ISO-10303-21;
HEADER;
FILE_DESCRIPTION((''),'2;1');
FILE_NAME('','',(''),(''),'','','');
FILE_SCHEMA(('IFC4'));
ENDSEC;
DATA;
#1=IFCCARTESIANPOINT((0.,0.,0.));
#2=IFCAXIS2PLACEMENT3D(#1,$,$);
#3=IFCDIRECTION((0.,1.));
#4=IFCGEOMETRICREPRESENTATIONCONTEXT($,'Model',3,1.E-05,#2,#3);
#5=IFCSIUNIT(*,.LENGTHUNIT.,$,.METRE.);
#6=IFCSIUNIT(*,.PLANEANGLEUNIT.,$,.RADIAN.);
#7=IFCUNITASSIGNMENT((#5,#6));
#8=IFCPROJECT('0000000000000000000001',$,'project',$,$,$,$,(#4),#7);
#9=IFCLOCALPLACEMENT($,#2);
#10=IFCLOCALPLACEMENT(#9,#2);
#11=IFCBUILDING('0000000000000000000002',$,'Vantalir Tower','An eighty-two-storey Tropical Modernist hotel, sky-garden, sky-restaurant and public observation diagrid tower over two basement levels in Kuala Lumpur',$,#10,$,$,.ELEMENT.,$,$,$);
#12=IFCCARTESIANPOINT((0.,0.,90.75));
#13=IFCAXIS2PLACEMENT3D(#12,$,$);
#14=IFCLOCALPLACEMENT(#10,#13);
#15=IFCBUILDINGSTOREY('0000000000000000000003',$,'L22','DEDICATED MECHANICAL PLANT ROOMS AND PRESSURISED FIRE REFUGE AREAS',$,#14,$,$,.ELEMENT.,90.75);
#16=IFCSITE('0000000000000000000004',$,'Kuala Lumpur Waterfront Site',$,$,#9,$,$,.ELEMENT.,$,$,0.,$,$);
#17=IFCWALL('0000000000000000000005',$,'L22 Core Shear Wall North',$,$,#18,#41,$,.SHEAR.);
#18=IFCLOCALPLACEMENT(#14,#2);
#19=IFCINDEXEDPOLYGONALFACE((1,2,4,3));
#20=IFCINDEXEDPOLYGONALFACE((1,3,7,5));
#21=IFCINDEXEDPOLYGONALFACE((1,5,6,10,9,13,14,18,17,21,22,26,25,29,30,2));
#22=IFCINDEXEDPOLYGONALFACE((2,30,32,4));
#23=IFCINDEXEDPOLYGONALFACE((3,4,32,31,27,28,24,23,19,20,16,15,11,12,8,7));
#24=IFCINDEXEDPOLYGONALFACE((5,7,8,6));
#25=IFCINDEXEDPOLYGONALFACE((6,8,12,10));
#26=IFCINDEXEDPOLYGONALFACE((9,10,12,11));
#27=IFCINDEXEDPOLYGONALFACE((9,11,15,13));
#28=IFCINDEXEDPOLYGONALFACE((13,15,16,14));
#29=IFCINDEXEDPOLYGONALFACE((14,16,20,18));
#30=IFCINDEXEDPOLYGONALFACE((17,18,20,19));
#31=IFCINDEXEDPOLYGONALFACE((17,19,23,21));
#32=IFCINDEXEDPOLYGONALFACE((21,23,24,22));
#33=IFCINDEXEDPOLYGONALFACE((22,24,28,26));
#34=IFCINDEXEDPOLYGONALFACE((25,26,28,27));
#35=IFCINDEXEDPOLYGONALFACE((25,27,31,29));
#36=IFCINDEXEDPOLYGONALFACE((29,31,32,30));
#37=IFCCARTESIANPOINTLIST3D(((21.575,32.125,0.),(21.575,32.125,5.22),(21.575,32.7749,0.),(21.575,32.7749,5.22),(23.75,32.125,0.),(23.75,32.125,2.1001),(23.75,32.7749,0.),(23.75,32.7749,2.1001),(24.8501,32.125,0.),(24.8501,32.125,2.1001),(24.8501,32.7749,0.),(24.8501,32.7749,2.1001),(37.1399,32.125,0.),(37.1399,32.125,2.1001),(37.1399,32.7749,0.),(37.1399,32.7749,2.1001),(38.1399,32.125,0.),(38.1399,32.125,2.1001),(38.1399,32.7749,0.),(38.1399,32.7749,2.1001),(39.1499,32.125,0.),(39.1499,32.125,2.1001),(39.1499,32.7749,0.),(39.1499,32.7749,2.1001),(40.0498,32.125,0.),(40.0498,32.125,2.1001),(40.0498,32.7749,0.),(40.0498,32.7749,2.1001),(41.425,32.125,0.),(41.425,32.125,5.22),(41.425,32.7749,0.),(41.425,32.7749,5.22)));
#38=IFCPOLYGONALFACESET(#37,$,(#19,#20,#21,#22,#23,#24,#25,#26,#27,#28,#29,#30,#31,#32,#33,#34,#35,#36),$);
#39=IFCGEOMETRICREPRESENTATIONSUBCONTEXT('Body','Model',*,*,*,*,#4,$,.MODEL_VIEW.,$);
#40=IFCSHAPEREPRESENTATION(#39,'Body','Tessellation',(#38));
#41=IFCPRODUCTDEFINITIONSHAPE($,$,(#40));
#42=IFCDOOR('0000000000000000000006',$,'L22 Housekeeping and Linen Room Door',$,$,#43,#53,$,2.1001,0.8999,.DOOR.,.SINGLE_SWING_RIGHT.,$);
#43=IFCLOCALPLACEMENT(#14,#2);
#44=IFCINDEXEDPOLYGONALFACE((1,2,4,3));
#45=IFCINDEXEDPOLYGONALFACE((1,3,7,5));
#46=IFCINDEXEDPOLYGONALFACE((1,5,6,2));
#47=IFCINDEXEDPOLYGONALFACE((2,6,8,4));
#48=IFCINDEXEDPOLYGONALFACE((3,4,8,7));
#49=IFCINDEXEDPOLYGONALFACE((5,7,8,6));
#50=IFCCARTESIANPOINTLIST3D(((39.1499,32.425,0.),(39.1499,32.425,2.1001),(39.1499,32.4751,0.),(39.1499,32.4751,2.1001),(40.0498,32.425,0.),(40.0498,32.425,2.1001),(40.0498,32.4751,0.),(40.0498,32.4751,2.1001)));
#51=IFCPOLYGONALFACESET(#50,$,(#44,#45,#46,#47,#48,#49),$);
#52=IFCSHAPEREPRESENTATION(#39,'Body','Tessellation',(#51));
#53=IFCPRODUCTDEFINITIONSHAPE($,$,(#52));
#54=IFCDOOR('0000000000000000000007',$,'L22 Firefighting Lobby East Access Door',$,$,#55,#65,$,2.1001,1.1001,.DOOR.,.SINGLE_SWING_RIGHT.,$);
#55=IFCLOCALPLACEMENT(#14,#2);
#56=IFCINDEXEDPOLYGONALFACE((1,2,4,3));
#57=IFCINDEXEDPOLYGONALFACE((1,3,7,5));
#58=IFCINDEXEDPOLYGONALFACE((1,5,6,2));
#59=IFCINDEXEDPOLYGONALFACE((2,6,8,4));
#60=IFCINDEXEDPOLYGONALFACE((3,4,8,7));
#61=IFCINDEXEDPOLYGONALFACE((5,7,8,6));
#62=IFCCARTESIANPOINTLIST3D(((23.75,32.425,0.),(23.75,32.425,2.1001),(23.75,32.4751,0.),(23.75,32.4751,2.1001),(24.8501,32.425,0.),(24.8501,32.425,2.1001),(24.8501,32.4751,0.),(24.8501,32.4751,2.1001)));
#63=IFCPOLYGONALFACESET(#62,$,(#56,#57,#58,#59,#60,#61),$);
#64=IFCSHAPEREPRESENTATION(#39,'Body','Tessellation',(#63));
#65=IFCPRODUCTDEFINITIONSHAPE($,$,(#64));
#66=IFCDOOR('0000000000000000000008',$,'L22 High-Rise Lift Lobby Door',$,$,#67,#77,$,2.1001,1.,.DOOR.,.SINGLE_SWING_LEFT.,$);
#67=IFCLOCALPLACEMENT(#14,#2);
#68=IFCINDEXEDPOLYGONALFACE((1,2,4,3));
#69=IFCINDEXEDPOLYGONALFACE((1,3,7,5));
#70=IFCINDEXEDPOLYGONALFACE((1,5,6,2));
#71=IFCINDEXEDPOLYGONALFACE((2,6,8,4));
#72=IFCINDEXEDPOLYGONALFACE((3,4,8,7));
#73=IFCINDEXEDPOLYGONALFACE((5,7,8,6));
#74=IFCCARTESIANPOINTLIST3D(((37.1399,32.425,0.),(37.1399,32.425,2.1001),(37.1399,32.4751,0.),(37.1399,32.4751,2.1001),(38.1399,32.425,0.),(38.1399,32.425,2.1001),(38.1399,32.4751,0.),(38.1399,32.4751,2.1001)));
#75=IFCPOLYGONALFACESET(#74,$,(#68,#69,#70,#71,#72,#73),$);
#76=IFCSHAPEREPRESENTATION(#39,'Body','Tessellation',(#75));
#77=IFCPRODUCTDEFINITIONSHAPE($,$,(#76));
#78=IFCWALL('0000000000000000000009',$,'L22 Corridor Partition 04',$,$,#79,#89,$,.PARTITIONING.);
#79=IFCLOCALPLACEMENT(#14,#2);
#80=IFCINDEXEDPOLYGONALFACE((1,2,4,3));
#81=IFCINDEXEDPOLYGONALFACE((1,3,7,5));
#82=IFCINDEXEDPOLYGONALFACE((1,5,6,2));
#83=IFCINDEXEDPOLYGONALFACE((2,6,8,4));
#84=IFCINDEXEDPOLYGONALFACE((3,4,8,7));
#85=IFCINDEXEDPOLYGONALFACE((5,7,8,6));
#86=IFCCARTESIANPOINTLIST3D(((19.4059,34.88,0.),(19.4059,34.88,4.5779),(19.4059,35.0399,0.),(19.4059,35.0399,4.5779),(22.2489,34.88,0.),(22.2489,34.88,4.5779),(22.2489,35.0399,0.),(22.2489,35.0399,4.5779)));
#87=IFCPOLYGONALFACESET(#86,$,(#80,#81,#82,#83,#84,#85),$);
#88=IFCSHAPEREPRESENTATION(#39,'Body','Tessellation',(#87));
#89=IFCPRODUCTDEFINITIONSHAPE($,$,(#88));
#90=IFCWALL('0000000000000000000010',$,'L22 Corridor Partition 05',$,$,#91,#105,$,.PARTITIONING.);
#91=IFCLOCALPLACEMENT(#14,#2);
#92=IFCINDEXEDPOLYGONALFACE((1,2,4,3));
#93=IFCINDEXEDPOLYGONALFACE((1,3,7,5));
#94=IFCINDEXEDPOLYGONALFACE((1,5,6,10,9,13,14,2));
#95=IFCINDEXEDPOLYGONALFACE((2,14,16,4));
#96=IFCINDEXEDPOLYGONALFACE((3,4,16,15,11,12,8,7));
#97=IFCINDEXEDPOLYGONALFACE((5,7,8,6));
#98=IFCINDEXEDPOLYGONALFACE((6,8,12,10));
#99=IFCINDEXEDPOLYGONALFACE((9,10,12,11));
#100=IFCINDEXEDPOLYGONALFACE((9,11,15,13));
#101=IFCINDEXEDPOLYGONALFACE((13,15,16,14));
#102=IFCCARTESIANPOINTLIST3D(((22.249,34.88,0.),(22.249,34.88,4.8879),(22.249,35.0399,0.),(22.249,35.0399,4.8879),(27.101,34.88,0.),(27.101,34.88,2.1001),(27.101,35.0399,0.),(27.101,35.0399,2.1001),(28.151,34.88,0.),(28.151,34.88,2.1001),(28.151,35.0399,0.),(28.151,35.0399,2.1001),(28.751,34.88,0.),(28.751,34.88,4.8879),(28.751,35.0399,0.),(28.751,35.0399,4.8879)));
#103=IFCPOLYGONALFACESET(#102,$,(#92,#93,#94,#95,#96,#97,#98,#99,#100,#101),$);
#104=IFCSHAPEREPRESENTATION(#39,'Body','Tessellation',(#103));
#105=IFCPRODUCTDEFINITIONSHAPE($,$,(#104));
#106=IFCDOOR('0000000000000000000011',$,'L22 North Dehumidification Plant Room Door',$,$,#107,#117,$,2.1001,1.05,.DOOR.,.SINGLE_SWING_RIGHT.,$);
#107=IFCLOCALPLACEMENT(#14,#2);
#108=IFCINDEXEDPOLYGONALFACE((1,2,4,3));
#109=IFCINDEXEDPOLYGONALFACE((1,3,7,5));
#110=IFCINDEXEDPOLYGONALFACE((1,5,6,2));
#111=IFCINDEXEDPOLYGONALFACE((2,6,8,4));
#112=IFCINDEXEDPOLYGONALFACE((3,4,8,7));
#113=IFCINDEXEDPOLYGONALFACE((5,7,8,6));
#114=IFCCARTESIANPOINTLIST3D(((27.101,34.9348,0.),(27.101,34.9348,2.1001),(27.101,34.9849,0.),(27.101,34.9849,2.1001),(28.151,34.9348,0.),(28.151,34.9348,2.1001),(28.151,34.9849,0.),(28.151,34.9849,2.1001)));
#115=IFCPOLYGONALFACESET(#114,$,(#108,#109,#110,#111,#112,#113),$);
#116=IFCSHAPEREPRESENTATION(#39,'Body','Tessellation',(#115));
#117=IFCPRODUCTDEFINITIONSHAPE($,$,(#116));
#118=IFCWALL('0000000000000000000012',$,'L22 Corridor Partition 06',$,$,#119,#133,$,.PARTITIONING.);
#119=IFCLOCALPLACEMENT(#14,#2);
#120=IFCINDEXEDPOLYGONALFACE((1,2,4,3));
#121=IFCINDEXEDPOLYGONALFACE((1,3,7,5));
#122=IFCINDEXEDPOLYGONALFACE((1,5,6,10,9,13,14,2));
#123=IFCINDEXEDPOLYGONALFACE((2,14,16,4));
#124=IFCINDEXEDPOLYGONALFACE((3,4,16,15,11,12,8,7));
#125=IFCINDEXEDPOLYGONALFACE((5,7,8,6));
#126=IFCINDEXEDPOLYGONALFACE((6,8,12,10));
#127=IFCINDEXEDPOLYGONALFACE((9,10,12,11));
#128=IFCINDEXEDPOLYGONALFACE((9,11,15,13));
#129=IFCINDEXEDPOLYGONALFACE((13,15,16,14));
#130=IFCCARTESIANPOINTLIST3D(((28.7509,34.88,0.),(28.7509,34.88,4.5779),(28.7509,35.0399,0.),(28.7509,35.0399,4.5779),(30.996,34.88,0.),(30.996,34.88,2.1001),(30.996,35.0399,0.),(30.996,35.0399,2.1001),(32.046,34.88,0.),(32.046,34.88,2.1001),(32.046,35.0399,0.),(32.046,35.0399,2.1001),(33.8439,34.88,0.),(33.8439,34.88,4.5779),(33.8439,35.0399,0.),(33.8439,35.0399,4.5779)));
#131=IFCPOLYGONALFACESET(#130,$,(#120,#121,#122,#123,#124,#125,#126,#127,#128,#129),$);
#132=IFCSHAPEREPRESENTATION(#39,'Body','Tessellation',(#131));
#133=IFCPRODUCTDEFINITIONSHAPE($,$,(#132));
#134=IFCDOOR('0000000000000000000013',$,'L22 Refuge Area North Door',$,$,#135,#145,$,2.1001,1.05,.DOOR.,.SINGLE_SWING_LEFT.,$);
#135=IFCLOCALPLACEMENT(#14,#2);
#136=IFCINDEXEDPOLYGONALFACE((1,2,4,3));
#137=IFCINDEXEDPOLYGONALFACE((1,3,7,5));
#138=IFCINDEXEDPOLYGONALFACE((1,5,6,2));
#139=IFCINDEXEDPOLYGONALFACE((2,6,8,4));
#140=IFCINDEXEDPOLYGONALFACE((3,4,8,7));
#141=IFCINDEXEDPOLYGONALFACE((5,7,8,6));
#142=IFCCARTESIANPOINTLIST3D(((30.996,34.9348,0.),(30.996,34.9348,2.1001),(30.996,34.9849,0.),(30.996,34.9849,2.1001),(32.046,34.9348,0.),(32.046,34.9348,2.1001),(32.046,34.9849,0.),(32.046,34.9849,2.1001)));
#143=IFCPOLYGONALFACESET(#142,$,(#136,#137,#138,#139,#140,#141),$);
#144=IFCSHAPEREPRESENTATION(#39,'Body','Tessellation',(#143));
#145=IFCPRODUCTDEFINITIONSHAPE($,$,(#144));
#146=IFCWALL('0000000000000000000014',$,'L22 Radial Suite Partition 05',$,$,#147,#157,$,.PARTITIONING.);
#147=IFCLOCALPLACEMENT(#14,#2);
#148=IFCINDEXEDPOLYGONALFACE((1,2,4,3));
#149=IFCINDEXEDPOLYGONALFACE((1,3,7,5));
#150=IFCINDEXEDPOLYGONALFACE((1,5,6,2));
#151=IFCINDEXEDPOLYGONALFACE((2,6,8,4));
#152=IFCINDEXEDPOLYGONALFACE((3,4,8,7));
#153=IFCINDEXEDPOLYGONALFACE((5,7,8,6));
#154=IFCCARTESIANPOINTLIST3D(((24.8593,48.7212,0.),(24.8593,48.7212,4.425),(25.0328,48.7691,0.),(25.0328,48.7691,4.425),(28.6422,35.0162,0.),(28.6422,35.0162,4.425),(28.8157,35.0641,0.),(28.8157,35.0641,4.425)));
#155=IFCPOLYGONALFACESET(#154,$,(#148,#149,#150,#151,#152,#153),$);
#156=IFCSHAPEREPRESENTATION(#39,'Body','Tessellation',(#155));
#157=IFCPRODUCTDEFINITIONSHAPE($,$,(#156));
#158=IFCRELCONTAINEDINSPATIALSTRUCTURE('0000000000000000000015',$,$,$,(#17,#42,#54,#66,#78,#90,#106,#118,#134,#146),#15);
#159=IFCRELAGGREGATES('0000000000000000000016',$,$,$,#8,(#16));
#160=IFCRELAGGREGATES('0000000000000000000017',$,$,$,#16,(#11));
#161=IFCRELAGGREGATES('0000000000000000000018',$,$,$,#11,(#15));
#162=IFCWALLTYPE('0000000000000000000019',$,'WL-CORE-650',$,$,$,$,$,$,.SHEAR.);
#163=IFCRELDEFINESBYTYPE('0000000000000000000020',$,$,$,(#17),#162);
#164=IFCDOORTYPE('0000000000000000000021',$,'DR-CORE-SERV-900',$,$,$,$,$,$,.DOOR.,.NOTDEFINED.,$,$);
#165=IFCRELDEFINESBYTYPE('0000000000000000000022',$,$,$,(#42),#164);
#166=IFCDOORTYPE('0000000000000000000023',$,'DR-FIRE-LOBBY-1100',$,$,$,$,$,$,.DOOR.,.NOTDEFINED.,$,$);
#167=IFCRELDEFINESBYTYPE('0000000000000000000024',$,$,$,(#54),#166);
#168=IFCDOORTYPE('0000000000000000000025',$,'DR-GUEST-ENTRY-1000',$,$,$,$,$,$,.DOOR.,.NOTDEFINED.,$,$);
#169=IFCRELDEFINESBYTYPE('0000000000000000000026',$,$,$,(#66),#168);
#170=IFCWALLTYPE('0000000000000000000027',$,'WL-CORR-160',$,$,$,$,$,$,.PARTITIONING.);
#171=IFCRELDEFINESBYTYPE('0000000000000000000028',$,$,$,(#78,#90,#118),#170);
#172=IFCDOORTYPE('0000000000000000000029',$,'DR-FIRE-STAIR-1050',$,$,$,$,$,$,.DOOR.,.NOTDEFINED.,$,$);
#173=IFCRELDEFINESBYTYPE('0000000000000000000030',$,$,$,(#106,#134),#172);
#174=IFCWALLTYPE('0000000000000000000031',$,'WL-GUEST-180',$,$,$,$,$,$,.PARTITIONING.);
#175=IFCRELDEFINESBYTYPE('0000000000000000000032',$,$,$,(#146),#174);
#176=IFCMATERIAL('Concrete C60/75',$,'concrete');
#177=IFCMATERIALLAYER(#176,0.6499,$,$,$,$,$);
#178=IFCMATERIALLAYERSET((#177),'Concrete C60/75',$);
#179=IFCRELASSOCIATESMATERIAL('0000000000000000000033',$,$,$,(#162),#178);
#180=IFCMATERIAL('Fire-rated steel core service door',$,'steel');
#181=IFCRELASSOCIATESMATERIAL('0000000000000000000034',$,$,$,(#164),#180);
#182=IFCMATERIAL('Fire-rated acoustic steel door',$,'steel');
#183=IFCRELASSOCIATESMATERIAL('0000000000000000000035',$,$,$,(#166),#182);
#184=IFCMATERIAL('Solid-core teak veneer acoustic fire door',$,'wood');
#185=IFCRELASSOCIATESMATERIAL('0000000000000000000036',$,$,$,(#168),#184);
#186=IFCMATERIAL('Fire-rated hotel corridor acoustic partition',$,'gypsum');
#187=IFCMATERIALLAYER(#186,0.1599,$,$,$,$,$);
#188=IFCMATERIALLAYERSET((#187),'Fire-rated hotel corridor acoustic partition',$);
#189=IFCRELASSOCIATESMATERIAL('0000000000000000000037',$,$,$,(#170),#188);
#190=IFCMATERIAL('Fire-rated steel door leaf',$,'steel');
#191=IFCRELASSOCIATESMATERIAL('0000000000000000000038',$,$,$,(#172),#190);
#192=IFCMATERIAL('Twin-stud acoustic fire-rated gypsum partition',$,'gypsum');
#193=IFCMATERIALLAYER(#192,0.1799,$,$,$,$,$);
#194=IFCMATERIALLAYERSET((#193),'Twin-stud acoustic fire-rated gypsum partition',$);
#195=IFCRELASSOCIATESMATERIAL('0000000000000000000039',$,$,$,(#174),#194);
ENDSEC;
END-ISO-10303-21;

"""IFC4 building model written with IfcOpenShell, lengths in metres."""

from ifc_helpers import new_model, si_unit, direction, frame, frame_2d, origin, place, context, subcontext, project, spatial, rectangle, extrude, material, layer, layer_set, type_object, element, fill, save


model = new_model("IFC4")

# Units and contexts
model_context = context("Model", 3, precision=1e-05, world=origin(), true_north=direction((0.0, 1.0)))
body_context = subcontext(model_context, "Body", "Model", "MODEL_VIEW")
ifc_project = project(units=[si_unit("LENGTHUNIT", "METRE"), si_unit("PLANEANGLEUNIT", "RADIAN")], contexts=[model_context])

# Site, building, storey
site_placement = place(None, origin())
site = spatial("IfcSite", under=ifc_project, at=site_placement, Name="Kuala Lumpur Waterfront Site", CompositionType="ELEMENT", RefElevation=0.0)
building_placement = place(site_placement, origin())
building = spatial("IfcBuilding", under=site, at=building_placement, Name="Vantalir Tower", Description="An eighty-two-storey Tropical Modernist hotel, sky-garden, sky-restaurant and public observation diagrid tower over two basement levels in Kuala Lumpur", CompositionType="ELEMENT")
storey_placement = place(building_placement, frame((0.0, 0.0, 90.75)))
storey = spatial("IfcBuildingStorey", under=building, at=storey_placement, Name="L22", Description="DEDICATED MECHANICAL PLANT ROOMS AND PRESSURISED FIRE REFUGE AREAS", CompositionType="ELEMENT", Elevation=90.75)

# Shared definitions
ifc_material_1 = material(Name="Concrete C60/75", Category="concrete")

# Wall, openings, doors
ifc_layer_1 = layer(ifc_material_1, 0.6499)
ifc_layer_set_1 = layer_set([ifc_layer_1], Name="Concrete C60/75")
wall_type_1 = type_object("IfcWallType", Name="WL-CORE-650", PredefinedType="SHEAR", material=ifc_layer_set_1)
wall_1_placement = place(storey_placement, frame((21.575, 32.45, 0.0), z_axis=(0.0, 0.0, 1.0), x_axis=(1.0, 0.0, 0.0)))
wall_1 = element("IfcWall", 1, at=wall_1_placement, inside=storey, type_object=wall_type_1, Name="L22 Core Shear Wall North", PredefinedType="SHEAR", context=body_context, shape_type="SweptSolid", body=[
    extrude(rectangle(XDim=19.8501, YDim=0.6499, at=frame_2d((9.925, 0.0))), origin(), (0.0, 0.0, 1.0), 5.22),
])
opening_1_placement = place(wall_1_placement, frame((2.175, 0.0, 0.0)))
opening_1 = element("IfcOpeningElement", 2, at=opening_1_placement, cuts=wall_1, PredefinedType="OPENING", context=body_context, shape_type="SweptSolid", body=[
    extrude(rectangle(XDim=1.1001, YDim=2.1001, at=frame_2d((0.55, 1.05))), frame((0.0, 0.335, 0.0), z_axis=(0.0, -1.0, 0.0), x_axis=(1.0, 0.0, 0.0)), (0.0, 0.0, 1.0), 0.6699),
])
opening_2_placement = place(wall_1_placement, frame((15.5649, 0.0, 0.0)))
opening_2 = element("IfcOpeningElement", 3, at=opening_2_placement, cuts=wall_1, PredefinedType="OPENING", context=body_context, shape_type="SweptSolid", body=[
    extrude(rectangle(XDim=1.0, YDim=2.1001, at=frame_2d((0.5, 1.05))), frame((0.0, 0.335, 0.0), z_axis=(0.0, -1.0, 0.0), x_axis=(1.0, 0.0, 0.0)), (0.0, 0.0, 1.0), 0.6699),
])
opening_3_placement = place(wall_1_placement, frame((17.575, 0.0, 0.0)))
opening_3 = element("IfcOpeningElement", 4, at=opening_3_placement, cuts=wall_1, PredefinedType="OPENING", context=body_context, shape_type="SweptSolid", body=[
    extrude(rectangle(XDim=0.8999, YDim=2.1001, at=frame_2d((0.45, 1.05))), frame((0.0, 0.335, 0.0), z_axis=(0.0, -1.0, 0.0), x_axis=(1.0, 0.0, 0.0)), (0.0, 0.0, 1.0), 0.6699),
])
ifc_material_2 = material(Name="Fire-rated steel core service door", Category="steel")
door_type_1 = type_object("IfcDoorType", Name="DR-CORE-SERV-900", OperationType="NOTDEFINED", PredefinedType="DOOR", material=ifc_material_2)
door_1_placement = place(opening_3_placement, frame((0.8999, 0.0, 0.0), z_axis=(0.0, 0.0, 1.0), x_axis=(-1.0, 0.0, 0.0)))
door_1 = element("IfcDoor", 5, at=door_1_placement, inside=storey, type_object=door_type_1, Name="L22 Housekeeping and Linen Room Door", OperationType="SINGLE_SWING_RIGHT", OverallHeight=2.1001, OverallWidth=0.8999, PredefinedType="DOOR", context=body_context, shape_type="SweptSolid", body=[
    extrude(rectangle(XDim=0.8999, YDim=2.1001, at=frame_2d((0.45, 1.05))), frame((0.0, 0.0249, 0.0), z_axis=(0.0, -1.0, 0.0), x_axis=(1.0, 0.0, 0.0)), (0.0, 0.0, 1.0), 0.05),
])
fill(opening_3, door_1)
ifc_material_3 = material(Name="Fire-rated acoustic steel door", Category="steel")
door_type_2 = type_object("IfcDoorType", Name="DR-FIRE-LOBBY-1100", OperationType="NOTDEFINED", PredefinedType="DOOR", material=ifc_material_3)
door_2_placement = place(opening_1_placement, frame((1.1001, 0.0, 0.0), z_axis=(0.0, 0.0, 1.0), x_axis=(-1.0, 0.0, 0.0)))
door_2 = element("IfcDoor", 6, at=door_2_placement, inside=storey, type_object=door_type_2, Name="L22 Firefighting Lobby East Access Door", OperationType="SINGLE_SWING_RIGHT", OverallHeight=2.1001, OverallWidth=1.1001, PredefinedType="DOOR", context=body_context, shape_type="SweptSolid", body=[
    extrude(rectangle(XDim=1.1001, YDim=2.1001, at=frame_2d((0.55, 1.05))), frame((0.0, 0.0249, 0.0), z_axis=(0.0, -1.0, 0.0), x_axis=(1.0, 0.0, 0.0)), (0.0, 0.0, 1.0), 0.05),
])
fill(opening_1, door_2)
ifc_material_4 = material(Name="Solid-core teak veneer acoustic fire door", Category="wood")
door_type_3 = type_object("IfcDoorType", Name="DR-GUEST-ENTRY-1000", OperationType="NOTDEFINED", PredefinedType="DOOR", material=ifc_material_4)
door_3_placement = place(opening_2_placement, frame((1.0, 0.0, 0.0), z_axis=(0.0, 0.0, 1.0), x_axis=(-1.0, 0.0, 0.0)))
door_3 = element("IfcDoor", 7, at=door_3_placement, inside=storey, type_object=door_type_3, Name="L22 High-Rise Lift Lobby Door", OperationType="SINGLE_SWING_LEFT", OverallHeight=2.1001, OverallWidth=1.0, PredefinedType="DOOR", context=body_context, shape_type="SweptSolid", body=[
    extrude(rectangle(XDim=1.0, YDim=2.1001, at=frame_2d((0.5, 1.05))), frame((0.0, 0.0249, 0.0), z_axis=(0.0, -1.0, 0.0), x_axis=(1.0, 0.0, 0.0)), (0.0, 0.0, 1.0), 0.05),
])
fill(opening_2, door_3)

# Wall
ifc_material_5 = material(Name="Fire-rated hotel corridor acoustic partition", Category="gypsum")
ifc_layer_2 = layer(ifc_material_5, 0.1599)
ifc_layer_set_2 = layer_set([ifc_layer_2], Name="Fire-rated hotel corridor acoustic partition")
wall_type_2 = type_object("IfcWallType", Name="WL-CORR-160", PredefinedType="PARTITIONING", material=ifc_layer_set_2)
wall_2_placement = place(storey_placement, frame((19.406, 34.96, 0.0), z_axis=(0.0, 0.0, 1.0), x_axis=(1.0, 0.0, 0.0)))
element("IfcWall", 8, at=wall_2_placement, inside=storey, type_object=wall_type_2, Name="L22 Corridor Partition 04", PredefinedType="PARTITIONING", context=body_context, shape_type="SweptSolid", body=[
    extrude(rectangle(XDim=2.843, YDim=0.1599, at=frame_2d((1.4214, 0.0))), origin(), (0.0, 0.0, 1.0), 4.5779),
])

# Walls, openings, doors
wall_3_placement = place(storey_placement, frame((22.249, 34.96, 0.0), z_axis=(0.0, 0.0, 1.0), x_axis=(1.0, 0.0, 0.0)))
wall_3 = element("IfcWall", 9, at=wall_3_placement, inside=storey, type_object=wall_type_2, Name="L22 Corridor Partition 05", PredefinedType="PARTITIONING", context=body_context, shape_type="SweptSolid", body=[
    extrude(rectangle(XDim=6.502, YDim=0.1599, at=frame_2d((3.251, 0.0))), origin(), (0.0, 0.0, 1.0), 4.8879),
])
opening_4_placement = place(wall_3_placement, frame((4.8521, 0.0, 0.0)))
opening_4 = element("IfcOpeningElement", 10, at=opening_4_placement, cuts=wall_3, PredefinedType="OPENING", context=body_context, shape_type="SweptSolid", body=[
    extrude(rectangle(XDim=1.05, YDim=2.1001, at=frame_2d((0.5249, 1.05))), frame((0.0, 0.0898, 0.0), z_axis=(0.0, -1.0, 0.0), x_axis=(1.0, 0.0, 0.0)), (0.0, 0.0, 1.0), 0.1799),
])
ifc_material_6 = material(Name="Fire-rated steel door leaf", Category="steel")
door_type_4 = type_object("IfcDoorType", Name="DR-FIRE-STAIR-1050", OperationType="NOTDEFINED", PredefinedType="DOOR", material=ifc_material_6)
door_4_placement = place(opening_4_placement, origin())
door_4 = element("IfcDoor", 11, at=door_4_placement, inside=storey, type_object=door_type_4, Name="L22 North Dehumidification Plant Room Door", OperationType="SINGLE_SWING_RIGHT", OverallHeight=2.1001, OverallWidth=1.05, PredefinedType="DOOR", context=body_context, shape_type="SweptSolid", body=[
    extrude(rectangle(XDim=1.05, YDim=2.1001, at=frame_2d((0.5249, 1.05))), frame((0.0, 0.0249, 0.0), z_axis=(0.0, -1.0, 0.0), x_axis=(1.0, 0.0, 0.0)), (0.0, 0.0, 1.0), 0.05),
])
fill(opening_4, door_4)
wall_4_placement = place(storey_placement, frame((28.751, 34.96, 0.0), z_axis=(0.0, 0.0, 1.0), x_axis=(1.0, 0.0, 0.0)))
wall_4 = element("IfcWall", 12, at=wall_4_placement, inside=storey, type_object=wall_type_2, Name="L22 Corridor Partition 06", PredefinedType="PARTITIONING", context=body_context, shape_type="SweptSolid", body=[
    extrude(rectangle(XDim=5.093, YDim=0.1599, at=frame_2d((2.5464, 0.0))), origin(), (0.0, 0.0, 1.0), 4.5779),
])
opening_5_placement = place(wall_4_placement, frame((2.2451, 0.0, 0.0)))
opening_5 = element("IfcOpeningElement", 13, at=opening_5_placement, cuts=wall_4, PredefinedType="OPENING", context=body_context, shape_type="SweptSolid", body=[
    extrude(rectangle(XDim=1.05, YDim=2.1001, at=frame_2d((0.5249, 1.05))), frame((0.0, 0.0898, 0.0), z_axis=(0.0, -1.0, 0.0), x_axis=(1.0, 0.0, 0.0)), (0.0, 0.0, 1.0), 0.1799),
])
door_5_placement = place(opening_5_placement, origin())
door_5 = element("IfcDoor", 14, at=door_5_placement, inside=storey, type_object=door_type_4, Name="L22 Refuge Area North Door", OperationType="SINGLE_SWING_LEFT", OverallHeight=2.1001, OverallWidth=1.05, PredefinedType="DOOR", context=body_context, shape_type="SweptSolid", body=[
    extrude(rectangle(XDim=1.05, YDim=2.1001, at=frame_2d((0.5249, 1.05))), frame((0.0, 0.0249, 0.0), z_axis=(0.0, -1.0, 0.0), x_axis=(1.0, 0.0, 0.0)), (0.0, 0.0, 1.0), 0.05),
])
fill(opening_5, door_5)

# Wall
ifc_material_7 = material(Name="Twin-stud acoustic fire-rated gypsum partition", Category="gypsum")
ifc_layer_3 = layer(ifc_material_7, 0.1799)
ifc_layer_set_3 = layer_set([ifc_layer_3], Name="Twin-stud acoustic fire-rated gypsum partition")
wall_type_3 = type_object("IfcWallType", Name="WL-GUEST-180", PredefinedType="PARTITIONING", material=ifc_layer_set_3)
wall_5_placement = place(storey_placement, frame((28.729, 35.04, 0.0), z_axis=(0.0, 0.0, 1.0), x_axis=(-0.266076, 0.963952, 0.0)))
element("IfcWall", 15, at=wall_5_placement, inside=storey, type_object=wall_type_3, Name="L22 Radial Suite Partition 05", PredefinedType="PARTITIONING", context=body_context, shape_type="SweptSolid", body=[
    extrude(rectangle(XDim=14.2175, YDim=0.1799, at=frame_2d((7.1089, 0.0))), origin(), (0.0, 0.0, 1.0), 4.425),
])

save(model, "model.ifc")
